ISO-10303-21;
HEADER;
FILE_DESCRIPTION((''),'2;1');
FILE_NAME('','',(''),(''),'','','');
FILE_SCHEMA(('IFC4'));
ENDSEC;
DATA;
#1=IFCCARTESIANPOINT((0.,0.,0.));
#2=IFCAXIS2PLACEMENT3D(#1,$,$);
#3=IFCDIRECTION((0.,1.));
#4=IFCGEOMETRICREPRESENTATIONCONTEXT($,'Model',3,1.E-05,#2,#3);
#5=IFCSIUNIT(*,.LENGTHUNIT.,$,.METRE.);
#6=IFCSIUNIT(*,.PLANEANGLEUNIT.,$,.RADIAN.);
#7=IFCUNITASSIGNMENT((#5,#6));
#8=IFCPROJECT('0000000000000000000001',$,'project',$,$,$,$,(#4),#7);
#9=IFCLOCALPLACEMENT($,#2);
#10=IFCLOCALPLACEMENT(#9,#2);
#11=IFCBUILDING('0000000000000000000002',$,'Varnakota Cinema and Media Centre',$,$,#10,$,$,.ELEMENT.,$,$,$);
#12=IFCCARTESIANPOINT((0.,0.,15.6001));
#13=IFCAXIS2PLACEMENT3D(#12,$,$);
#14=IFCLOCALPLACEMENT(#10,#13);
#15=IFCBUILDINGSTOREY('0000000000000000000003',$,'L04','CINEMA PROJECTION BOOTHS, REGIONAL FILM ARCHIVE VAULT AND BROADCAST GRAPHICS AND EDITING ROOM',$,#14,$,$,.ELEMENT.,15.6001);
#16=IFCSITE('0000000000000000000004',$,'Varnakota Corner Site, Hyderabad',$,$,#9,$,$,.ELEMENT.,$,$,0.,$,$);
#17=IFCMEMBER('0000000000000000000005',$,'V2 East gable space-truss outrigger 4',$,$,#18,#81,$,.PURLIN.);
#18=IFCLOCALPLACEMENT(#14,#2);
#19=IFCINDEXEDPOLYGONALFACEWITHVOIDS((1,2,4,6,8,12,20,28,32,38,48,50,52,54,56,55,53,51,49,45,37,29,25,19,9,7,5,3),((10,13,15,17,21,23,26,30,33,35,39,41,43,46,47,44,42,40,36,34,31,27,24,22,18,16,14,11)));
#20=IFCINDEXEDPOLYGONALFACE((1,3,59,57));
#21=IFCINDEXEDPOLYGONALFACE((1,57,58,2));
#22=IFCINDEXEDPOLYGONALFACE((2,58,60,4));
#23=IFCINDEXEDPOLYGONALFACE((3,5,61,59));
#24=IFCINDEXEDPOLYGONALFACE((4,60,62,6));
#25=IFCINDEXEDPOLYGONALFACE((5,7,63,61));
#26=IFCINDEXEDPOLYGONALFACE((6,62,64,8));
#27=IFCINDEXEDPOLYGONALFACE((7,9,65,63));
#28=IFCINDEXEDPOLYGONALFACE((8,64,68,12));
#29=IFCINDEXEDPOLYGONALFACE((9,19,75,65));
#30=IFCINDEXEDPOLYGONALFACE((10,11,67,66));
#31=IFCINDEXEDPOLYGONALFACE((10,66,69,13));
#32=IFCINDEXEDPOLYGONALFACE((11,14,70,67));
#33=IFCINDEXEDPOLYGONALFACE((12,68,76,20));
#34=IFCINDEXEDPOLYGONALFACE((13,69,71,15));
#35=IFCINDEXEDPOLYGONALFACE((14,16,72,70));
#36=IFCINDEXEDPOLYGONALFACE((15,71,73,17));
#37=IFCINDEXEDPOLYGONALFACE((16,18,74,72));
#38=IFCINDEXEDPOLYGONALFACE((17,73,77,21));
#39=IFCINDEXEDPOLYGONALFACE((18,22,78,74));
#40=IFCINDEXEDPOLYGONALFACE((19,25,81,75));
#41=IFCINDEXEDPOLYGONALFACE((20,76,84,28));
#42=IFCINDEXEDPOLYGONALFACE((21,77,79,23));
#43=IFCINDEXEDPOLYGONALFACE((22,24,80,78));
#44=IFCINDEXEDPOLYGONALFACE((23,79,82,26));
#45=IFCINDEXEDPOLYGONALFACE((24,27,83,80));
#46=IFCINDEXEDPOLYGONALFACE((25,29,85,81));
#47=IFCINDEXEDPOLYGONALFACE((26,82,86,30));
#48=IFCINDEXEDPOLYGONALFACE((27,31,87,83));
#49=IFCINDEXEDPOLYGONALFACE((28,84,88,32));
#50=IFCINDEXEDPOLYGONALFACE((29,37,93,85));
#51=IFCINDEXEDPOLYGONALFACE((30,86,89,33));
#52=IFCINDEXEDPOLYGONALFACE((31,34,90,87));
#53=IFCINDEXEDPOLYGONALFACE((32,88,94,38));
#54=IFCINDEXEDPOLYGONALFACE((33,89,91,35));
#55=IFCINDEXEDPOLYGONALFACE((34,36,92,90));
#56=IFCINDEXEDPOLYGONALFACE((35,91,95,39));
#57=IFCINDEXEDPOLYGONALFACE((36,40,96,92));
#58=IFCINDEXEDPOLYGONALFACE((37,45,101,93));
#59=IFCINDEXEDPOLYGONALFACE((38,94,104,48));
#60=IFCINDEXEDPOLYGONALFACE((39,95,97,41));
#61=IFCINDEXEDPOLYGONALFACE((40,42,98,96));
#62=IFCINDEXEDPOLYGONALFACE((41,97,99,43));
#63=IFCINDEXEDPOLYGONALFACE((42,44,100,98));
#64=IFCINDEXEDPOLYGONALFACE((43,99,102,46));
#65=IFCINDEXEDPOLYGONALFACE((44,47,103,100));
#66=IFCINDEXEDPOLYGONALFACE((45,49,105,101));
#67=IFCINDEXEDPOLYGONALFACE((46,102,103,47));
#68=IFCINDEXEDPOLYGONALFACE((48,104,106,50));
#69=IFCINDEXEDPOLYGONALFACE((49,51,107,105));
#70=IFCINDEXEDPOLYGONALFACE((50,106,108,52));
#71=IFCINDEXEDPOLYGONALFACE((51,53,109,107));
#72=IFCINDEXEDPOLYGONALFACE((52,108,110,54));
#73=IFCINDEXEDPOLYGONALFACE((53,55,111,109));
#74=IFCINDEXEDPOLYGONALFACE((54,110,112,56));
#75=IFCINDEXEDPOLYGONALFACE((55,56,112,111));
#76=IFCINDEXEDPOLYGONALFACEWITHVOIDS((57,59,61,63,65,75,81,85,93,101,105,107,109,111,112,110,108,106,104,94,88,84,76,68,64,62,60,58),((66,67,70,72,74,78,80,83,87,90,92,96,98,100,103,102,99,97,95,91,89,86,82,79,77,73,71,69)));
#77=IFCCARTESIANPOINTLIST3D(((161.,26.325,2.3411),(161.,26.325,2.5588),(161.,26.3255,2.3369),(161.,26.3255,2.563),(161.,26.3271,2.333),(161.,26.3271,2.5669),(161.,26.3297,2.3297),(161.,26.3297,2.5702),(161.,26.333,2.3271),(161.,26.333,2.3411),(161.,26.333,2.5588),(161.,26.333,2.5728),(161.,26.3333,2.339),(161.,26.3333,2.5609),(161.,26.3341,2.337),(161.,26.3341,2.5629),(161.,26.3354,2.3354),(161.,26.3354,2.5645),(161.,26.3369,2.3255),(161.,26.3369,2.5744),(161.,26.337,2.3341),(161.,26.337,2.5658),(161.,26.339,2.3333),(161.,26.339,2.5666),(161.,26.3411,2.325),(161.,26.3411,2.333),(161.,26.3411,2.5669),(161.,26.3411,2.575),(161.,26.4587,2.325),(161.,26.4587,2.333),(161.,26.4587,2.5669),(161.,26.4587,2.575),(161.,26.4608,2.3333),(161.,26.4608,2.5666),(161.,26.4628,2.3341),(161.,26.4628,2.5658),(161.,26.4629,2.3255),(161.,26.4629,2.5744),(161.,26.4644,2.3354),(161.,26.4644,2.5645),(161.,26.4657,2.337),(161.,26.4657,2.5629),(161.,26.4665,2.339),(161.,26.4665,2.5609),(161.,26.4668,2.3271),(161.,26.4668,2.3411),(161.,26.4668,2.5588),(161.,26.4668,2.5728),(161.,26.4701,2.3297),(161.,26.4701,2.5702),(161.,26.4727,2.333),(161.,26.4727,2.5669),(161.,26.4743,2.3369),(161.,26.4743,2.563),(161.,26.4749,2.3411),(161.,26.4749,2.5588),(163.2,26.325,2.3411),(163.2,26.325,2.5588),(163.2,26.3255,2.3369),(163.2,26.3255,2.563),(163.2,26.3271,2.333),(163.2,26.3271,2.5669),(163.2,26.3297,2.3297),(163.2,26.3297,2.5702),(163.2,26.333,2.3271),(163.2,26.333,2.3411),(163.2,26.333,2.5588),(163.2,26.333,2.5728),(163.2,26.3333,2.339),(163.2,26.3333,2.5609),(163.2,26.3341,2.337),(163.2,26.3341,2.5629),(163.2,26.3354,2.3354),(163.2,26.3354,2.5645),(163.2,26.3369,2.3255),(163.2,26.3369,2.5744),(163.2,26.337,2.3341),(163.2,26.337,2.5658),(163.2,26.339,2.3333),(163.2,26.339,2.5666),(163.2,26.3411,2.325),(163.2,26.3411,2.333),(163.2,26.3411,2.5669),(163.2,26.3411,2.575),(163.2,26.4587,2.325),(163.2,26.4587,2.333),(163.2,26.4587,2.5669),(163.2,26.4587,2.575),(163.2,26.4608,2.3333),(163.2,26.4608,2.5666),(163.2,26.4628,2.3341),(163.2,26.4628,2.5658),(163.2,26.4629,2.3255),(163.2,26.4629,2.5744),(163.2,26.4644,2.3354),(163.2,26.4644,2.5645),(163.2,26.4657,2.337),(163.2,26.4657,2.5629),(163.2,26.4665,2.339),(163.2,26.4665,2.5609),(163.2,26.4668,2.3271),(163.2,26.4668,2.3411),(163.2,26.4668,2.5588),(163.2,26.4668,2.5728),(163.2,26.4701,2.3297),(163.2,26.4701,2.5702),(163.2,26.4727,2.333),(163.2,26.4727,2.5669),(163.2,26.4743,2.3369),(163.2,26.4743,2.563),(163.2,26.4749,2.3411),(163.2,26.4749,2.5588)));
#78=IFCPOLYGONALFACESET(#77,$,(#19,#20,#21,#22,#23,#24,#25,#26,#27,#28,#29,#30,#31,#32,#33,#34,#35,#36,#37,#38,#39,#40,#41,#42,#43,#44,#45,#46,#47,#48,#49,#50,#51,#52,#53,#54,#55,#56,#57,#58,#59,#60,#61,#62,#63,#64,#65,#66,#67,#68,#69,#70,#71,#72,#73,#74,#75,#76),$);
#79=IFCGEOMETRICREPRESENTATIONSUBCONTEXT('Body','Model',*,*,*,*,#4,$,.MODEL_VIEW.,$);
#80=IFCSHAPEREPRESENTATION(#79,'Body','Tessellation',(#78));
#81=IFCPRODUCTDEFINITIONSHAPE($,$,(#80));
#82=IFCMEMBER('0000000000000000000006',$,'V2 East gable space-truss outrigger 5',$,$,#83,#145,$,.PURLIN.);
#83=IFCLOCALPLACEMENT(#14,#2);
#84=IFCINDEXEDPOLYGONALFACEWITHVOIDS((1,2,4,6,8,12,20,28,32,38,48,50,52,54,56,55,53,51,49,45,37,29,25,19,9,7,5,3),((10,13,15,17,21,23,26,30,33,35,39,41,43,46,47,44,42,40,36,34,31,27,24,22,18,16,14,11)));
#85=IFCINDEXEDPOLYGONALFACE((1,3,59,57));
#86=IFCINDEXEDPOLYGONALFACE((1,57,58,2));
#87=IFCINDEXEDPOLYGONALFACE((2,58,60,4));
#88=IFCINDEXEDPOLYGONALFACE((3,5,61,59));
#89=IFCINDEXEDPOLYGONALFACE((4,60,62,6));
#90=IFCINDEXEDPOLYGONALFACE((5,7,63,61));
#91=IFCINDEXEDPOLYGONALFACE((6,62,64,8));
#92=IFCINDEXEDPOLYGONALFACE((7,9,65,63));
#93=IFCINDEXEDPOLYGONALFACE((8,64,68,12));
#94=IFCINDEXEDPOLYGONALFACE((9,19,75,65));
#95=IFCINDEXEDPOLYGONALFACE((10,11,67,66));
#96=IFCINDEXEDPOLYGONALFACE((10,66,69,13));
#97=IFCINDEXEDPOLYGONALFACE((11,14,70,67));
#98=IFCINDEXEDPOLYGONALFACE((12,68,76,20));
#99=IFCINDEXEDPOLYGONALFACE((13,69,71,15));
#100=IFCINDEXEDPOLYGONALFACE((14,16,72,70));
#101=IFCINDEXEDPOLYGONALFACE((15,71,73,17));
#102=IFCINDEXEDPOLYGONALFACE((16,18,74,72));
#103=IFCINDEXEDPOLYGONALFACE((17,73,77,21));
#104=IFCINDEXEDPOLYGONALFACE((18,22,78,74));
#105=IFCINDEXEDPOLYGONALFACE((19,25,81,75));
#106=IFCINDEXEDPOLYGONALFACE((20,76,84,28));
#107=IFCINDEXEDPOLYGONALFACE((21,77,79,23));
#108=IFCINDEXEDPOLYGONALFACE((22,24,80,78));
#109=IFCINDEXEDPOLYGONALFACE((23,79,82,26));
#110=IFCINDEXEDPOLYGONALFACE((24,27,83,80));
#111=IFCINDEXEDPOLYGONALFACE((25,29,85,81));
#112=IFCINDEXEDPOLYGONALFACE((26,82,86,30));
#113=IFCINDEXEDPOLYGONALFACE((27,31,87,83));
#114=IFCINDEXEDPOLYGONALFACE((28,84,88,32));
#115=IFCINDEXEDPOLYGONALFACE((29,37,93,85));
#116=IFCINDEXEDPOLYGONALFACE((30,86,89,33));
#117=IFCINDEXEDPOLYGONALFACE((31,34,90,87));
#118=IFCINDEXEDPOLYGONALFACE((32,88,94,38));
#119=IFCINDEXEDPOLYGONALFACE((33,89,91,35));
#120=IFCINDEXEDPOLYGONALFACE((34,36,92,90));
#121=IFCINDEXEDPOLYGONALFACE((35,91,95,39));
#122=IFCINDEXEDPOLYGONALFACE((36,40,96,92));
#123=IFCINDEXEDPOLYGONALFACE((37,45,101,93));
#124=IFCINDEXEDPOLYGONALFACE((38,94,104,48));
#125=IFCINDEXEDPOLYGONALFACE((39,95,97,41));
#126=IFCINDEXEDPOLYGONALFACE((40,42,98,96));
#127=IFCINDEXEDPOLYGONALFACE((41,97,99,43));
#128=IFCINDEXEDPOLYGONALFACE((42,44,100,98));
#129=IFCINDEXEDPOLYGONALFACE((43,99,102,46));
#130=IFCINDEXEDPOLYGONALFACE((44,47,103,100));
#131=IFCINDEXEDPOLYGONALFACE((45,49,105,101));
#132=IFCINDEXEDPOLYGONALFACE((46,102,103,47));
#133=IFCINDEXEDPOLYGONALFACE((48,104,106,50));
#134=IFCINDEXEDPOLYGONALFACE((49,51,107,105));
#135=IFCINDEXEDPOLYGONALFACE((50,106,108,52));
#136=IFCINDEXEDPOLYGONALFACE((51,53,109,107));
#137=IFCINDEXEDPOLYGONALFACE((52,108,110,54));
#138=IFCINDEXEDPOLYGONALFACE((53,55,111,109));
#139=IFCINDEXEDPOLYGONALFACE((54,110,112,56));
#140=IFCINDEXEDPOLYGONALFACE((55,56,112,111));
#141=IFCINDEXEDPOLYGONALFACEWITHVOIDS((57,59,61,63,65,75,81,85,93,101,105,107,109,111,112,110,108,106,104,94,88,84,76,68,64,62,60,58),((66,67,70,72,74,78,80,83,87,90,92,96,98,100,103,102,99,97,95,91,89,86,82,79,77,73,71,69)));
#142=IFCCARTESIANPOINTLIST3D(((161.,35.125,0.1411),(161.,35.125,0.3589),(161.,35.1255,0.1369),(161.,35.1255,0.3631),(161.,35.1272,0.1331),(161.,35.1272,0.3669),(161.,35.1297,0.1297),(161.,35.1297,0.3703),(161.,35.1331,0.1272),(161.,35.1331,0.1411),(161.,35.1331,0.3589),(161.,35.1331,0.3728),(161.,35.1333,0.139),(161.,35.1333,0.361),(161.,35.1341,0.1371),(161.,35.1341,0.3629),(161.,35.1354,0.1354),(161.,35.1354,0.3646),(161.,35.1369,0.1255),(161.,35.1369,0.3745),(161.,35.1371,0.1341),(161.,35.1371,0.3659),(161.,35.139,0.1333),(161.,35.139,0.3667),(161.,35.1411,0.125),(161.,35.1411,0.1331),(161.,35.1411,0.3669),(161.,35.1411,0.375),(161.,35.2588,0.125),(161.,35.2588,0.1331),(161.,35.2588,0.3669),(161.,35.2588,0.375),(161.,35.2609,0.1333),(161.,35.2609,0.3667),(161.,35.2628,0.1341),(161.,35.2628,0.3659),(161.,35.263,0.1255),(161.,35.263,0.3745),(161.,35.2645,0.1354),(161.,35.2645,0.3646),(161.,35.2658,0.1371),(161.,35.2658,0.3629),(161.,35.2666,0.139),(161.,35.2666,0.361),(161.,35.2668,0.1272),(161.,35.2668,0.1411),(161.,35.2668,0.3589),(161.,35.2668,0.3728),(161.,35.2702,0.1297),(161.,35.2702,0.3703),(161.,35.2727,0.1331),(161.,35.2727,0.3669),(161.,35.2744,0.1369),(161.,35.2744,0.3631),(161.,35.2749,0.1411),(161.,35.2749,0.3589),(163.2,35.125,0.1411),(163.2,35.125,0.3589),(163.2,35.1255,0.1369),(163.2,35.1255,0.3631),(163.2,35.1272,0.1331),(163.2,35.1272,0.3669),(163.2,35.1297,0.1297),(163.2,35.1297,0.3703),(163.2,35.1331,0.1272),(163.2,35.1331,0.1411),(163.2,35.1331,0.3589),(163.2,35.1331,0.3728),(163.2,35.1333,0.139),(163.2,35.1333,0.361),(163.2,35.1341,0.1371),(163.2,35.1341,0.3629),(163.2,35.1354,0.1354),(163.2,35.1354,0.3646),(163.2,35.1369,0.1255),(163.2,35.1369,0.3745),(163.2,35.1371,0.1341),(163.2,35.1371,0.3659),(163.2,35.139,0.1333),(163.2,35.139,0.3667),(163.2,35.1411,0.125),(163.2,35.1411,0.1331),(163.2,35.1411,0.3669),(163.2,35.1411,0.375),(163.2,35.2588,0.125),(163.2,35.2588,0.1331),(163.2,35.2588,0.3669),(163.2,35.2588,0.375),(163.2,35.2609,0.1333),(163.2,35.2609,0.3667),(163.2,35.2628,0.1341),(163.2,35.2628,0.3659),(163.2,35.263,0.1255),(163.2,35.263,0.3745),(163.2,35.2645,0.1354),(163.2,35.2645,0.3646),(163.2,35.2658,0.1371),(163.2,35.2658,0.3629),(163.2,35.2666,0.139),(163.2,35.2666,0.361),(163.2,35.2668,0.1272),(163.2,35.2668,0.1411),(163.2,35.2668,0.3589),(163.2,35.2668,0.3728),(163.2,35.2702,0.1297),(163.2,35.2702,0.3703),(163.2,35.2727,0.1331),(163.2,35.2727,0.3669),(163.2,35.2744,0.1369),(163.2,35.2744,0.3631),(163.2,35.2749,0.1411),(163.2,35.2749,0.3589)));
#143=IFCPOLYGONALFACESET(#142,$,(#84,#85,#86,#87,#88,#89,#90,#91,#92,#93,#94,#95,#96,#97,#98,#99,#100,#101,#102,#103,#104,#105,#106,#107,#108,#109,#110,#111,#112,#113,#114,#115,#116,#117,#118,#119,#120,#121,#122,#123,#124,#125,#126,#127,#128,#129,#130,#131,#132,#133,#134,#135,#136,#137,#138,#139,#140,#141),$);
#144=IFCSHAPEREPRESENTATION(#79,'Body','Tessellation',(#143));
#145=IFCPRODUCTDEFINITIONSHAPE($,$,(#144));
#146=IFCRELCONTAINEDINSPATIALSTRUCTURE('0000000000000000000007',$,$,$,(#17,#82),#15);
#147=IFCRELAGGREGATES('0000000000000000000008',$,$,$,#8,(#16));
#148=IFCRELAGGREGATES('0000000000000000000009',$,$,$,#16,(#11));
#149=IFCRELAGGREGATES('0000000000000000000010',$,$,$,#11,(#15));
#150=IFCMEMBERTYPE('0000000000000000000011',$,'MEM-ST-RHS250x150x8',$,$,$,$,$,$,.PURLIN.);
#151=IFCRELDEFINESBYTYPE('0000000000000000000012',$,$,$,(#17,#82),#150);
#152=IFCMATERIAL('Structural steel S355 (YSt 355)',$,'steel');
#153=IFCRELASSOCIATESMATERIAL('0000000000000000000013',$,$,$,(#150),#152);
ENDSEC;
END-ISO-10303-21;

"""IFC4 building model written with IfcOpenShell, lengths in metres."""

from ifc_helpers import new_model, si_unit, direction, frame, origin, origin_2d, place, context, subcontext, project, spatial, hollow_rectangle, extrude, material, material_profile, profile_set, type_object, element, save


model = new_model("IFC4")

# Units and contexts
model_context = context("Model", 3, precision=1e-05, world=origin(), true_north=direction((0.0, 1.0)))
body_context = subcontext(model_context, "Body", "Model", "MODEL_VIEW")
ifc_project = project(units=[si_unit("LENGTHUNIT", "METRE"), si_unit("PLANEANGLEUNIT", "RADIAN")], contexts=[model_context])

# Site, building, storey
site_placement = place(None, origin())
site = spatial("IfcSite", under=ifc_project, at=site_placement, Name="Varnakota Corner Site, Hyderabad", CompositionType="ELEMENT", RefElevation=0.0)
building_placement = place(site_placement, origin())
building = spatial("IfcBuilding", under=site, at=building_placement, Name="Varnakota Cinema and Media Centre", CompositionType="ELEMENT")
storey_placement = place(building_placement, frame((0.0, 0.0, 15.6001)))
storey = spatial("IfcBuildingStorey", under=building, at=storey_placement, Name="L04", Description="CINEMA PROJECTION BOOTHS, REGIONAL FILM ARCHIVE VAULT AND BROADCAST GRAPHICS AND EDITING ROOM", CompositionType="ELEMENT", Elevation=15.6001)

# Members
ifc_material_1 = material(Name="Structural steel S355 (YSt 355)", Category="steel")
ifc_material_profile_1 = material_profile(ifc_material_1, hollow_rectangle(XDim=0.1499, YDim=0.25, WallThickness=0.0081, InnerFilletRadius=0.0081, OuterFilletRadius=0.0161, at=origin_2d()), Name="RHS 250x150x8")
ifc_profile_set_1 = profile_set([ifc_material_profile_1], Name="Structural steel S355 (YSt 355)")
member_type_1 = type_object("IfcMemberType", Name="MEM-ST-RHS250x150x8", PredefinedType="PURLIN", material=ifc_profile_set_1)
for number, where, z_axis, x_axis, name in (
    (1, (161.0, 26.3999, 2.45), (1.0, 0.0, 0.0), (0.0, 1.0, 0.0), "V2 East gable space-truss outrigger 4"),
    (2, (161.0, 35.2, 0.25), (1.0, 0.0, 0.0), (0.0, 1.0, 0.0), "V2 East gable space-truss outrigger 5"),
):
    element("IfcMember", number, at=place(storey_placement, frame(where, z_axis=z_axis, x_axis=x_axis)), inside=storey, type_object=member_type_1, Name=name, PredefinedType="PURLIN", context=body_context, shape_type="SweptSolid", body=[
        extrude(hollow_rectangle(XDim=0.1499, YDim=0.25, WallThickness=0.0081, InnerFilletRadius=0.0081, OuterFilletRadius=0.0161, at=origin_2d()), origin(), (0.0, 0.0, 1.0), 2.2),
    ])

save(model, "model.ifc")
